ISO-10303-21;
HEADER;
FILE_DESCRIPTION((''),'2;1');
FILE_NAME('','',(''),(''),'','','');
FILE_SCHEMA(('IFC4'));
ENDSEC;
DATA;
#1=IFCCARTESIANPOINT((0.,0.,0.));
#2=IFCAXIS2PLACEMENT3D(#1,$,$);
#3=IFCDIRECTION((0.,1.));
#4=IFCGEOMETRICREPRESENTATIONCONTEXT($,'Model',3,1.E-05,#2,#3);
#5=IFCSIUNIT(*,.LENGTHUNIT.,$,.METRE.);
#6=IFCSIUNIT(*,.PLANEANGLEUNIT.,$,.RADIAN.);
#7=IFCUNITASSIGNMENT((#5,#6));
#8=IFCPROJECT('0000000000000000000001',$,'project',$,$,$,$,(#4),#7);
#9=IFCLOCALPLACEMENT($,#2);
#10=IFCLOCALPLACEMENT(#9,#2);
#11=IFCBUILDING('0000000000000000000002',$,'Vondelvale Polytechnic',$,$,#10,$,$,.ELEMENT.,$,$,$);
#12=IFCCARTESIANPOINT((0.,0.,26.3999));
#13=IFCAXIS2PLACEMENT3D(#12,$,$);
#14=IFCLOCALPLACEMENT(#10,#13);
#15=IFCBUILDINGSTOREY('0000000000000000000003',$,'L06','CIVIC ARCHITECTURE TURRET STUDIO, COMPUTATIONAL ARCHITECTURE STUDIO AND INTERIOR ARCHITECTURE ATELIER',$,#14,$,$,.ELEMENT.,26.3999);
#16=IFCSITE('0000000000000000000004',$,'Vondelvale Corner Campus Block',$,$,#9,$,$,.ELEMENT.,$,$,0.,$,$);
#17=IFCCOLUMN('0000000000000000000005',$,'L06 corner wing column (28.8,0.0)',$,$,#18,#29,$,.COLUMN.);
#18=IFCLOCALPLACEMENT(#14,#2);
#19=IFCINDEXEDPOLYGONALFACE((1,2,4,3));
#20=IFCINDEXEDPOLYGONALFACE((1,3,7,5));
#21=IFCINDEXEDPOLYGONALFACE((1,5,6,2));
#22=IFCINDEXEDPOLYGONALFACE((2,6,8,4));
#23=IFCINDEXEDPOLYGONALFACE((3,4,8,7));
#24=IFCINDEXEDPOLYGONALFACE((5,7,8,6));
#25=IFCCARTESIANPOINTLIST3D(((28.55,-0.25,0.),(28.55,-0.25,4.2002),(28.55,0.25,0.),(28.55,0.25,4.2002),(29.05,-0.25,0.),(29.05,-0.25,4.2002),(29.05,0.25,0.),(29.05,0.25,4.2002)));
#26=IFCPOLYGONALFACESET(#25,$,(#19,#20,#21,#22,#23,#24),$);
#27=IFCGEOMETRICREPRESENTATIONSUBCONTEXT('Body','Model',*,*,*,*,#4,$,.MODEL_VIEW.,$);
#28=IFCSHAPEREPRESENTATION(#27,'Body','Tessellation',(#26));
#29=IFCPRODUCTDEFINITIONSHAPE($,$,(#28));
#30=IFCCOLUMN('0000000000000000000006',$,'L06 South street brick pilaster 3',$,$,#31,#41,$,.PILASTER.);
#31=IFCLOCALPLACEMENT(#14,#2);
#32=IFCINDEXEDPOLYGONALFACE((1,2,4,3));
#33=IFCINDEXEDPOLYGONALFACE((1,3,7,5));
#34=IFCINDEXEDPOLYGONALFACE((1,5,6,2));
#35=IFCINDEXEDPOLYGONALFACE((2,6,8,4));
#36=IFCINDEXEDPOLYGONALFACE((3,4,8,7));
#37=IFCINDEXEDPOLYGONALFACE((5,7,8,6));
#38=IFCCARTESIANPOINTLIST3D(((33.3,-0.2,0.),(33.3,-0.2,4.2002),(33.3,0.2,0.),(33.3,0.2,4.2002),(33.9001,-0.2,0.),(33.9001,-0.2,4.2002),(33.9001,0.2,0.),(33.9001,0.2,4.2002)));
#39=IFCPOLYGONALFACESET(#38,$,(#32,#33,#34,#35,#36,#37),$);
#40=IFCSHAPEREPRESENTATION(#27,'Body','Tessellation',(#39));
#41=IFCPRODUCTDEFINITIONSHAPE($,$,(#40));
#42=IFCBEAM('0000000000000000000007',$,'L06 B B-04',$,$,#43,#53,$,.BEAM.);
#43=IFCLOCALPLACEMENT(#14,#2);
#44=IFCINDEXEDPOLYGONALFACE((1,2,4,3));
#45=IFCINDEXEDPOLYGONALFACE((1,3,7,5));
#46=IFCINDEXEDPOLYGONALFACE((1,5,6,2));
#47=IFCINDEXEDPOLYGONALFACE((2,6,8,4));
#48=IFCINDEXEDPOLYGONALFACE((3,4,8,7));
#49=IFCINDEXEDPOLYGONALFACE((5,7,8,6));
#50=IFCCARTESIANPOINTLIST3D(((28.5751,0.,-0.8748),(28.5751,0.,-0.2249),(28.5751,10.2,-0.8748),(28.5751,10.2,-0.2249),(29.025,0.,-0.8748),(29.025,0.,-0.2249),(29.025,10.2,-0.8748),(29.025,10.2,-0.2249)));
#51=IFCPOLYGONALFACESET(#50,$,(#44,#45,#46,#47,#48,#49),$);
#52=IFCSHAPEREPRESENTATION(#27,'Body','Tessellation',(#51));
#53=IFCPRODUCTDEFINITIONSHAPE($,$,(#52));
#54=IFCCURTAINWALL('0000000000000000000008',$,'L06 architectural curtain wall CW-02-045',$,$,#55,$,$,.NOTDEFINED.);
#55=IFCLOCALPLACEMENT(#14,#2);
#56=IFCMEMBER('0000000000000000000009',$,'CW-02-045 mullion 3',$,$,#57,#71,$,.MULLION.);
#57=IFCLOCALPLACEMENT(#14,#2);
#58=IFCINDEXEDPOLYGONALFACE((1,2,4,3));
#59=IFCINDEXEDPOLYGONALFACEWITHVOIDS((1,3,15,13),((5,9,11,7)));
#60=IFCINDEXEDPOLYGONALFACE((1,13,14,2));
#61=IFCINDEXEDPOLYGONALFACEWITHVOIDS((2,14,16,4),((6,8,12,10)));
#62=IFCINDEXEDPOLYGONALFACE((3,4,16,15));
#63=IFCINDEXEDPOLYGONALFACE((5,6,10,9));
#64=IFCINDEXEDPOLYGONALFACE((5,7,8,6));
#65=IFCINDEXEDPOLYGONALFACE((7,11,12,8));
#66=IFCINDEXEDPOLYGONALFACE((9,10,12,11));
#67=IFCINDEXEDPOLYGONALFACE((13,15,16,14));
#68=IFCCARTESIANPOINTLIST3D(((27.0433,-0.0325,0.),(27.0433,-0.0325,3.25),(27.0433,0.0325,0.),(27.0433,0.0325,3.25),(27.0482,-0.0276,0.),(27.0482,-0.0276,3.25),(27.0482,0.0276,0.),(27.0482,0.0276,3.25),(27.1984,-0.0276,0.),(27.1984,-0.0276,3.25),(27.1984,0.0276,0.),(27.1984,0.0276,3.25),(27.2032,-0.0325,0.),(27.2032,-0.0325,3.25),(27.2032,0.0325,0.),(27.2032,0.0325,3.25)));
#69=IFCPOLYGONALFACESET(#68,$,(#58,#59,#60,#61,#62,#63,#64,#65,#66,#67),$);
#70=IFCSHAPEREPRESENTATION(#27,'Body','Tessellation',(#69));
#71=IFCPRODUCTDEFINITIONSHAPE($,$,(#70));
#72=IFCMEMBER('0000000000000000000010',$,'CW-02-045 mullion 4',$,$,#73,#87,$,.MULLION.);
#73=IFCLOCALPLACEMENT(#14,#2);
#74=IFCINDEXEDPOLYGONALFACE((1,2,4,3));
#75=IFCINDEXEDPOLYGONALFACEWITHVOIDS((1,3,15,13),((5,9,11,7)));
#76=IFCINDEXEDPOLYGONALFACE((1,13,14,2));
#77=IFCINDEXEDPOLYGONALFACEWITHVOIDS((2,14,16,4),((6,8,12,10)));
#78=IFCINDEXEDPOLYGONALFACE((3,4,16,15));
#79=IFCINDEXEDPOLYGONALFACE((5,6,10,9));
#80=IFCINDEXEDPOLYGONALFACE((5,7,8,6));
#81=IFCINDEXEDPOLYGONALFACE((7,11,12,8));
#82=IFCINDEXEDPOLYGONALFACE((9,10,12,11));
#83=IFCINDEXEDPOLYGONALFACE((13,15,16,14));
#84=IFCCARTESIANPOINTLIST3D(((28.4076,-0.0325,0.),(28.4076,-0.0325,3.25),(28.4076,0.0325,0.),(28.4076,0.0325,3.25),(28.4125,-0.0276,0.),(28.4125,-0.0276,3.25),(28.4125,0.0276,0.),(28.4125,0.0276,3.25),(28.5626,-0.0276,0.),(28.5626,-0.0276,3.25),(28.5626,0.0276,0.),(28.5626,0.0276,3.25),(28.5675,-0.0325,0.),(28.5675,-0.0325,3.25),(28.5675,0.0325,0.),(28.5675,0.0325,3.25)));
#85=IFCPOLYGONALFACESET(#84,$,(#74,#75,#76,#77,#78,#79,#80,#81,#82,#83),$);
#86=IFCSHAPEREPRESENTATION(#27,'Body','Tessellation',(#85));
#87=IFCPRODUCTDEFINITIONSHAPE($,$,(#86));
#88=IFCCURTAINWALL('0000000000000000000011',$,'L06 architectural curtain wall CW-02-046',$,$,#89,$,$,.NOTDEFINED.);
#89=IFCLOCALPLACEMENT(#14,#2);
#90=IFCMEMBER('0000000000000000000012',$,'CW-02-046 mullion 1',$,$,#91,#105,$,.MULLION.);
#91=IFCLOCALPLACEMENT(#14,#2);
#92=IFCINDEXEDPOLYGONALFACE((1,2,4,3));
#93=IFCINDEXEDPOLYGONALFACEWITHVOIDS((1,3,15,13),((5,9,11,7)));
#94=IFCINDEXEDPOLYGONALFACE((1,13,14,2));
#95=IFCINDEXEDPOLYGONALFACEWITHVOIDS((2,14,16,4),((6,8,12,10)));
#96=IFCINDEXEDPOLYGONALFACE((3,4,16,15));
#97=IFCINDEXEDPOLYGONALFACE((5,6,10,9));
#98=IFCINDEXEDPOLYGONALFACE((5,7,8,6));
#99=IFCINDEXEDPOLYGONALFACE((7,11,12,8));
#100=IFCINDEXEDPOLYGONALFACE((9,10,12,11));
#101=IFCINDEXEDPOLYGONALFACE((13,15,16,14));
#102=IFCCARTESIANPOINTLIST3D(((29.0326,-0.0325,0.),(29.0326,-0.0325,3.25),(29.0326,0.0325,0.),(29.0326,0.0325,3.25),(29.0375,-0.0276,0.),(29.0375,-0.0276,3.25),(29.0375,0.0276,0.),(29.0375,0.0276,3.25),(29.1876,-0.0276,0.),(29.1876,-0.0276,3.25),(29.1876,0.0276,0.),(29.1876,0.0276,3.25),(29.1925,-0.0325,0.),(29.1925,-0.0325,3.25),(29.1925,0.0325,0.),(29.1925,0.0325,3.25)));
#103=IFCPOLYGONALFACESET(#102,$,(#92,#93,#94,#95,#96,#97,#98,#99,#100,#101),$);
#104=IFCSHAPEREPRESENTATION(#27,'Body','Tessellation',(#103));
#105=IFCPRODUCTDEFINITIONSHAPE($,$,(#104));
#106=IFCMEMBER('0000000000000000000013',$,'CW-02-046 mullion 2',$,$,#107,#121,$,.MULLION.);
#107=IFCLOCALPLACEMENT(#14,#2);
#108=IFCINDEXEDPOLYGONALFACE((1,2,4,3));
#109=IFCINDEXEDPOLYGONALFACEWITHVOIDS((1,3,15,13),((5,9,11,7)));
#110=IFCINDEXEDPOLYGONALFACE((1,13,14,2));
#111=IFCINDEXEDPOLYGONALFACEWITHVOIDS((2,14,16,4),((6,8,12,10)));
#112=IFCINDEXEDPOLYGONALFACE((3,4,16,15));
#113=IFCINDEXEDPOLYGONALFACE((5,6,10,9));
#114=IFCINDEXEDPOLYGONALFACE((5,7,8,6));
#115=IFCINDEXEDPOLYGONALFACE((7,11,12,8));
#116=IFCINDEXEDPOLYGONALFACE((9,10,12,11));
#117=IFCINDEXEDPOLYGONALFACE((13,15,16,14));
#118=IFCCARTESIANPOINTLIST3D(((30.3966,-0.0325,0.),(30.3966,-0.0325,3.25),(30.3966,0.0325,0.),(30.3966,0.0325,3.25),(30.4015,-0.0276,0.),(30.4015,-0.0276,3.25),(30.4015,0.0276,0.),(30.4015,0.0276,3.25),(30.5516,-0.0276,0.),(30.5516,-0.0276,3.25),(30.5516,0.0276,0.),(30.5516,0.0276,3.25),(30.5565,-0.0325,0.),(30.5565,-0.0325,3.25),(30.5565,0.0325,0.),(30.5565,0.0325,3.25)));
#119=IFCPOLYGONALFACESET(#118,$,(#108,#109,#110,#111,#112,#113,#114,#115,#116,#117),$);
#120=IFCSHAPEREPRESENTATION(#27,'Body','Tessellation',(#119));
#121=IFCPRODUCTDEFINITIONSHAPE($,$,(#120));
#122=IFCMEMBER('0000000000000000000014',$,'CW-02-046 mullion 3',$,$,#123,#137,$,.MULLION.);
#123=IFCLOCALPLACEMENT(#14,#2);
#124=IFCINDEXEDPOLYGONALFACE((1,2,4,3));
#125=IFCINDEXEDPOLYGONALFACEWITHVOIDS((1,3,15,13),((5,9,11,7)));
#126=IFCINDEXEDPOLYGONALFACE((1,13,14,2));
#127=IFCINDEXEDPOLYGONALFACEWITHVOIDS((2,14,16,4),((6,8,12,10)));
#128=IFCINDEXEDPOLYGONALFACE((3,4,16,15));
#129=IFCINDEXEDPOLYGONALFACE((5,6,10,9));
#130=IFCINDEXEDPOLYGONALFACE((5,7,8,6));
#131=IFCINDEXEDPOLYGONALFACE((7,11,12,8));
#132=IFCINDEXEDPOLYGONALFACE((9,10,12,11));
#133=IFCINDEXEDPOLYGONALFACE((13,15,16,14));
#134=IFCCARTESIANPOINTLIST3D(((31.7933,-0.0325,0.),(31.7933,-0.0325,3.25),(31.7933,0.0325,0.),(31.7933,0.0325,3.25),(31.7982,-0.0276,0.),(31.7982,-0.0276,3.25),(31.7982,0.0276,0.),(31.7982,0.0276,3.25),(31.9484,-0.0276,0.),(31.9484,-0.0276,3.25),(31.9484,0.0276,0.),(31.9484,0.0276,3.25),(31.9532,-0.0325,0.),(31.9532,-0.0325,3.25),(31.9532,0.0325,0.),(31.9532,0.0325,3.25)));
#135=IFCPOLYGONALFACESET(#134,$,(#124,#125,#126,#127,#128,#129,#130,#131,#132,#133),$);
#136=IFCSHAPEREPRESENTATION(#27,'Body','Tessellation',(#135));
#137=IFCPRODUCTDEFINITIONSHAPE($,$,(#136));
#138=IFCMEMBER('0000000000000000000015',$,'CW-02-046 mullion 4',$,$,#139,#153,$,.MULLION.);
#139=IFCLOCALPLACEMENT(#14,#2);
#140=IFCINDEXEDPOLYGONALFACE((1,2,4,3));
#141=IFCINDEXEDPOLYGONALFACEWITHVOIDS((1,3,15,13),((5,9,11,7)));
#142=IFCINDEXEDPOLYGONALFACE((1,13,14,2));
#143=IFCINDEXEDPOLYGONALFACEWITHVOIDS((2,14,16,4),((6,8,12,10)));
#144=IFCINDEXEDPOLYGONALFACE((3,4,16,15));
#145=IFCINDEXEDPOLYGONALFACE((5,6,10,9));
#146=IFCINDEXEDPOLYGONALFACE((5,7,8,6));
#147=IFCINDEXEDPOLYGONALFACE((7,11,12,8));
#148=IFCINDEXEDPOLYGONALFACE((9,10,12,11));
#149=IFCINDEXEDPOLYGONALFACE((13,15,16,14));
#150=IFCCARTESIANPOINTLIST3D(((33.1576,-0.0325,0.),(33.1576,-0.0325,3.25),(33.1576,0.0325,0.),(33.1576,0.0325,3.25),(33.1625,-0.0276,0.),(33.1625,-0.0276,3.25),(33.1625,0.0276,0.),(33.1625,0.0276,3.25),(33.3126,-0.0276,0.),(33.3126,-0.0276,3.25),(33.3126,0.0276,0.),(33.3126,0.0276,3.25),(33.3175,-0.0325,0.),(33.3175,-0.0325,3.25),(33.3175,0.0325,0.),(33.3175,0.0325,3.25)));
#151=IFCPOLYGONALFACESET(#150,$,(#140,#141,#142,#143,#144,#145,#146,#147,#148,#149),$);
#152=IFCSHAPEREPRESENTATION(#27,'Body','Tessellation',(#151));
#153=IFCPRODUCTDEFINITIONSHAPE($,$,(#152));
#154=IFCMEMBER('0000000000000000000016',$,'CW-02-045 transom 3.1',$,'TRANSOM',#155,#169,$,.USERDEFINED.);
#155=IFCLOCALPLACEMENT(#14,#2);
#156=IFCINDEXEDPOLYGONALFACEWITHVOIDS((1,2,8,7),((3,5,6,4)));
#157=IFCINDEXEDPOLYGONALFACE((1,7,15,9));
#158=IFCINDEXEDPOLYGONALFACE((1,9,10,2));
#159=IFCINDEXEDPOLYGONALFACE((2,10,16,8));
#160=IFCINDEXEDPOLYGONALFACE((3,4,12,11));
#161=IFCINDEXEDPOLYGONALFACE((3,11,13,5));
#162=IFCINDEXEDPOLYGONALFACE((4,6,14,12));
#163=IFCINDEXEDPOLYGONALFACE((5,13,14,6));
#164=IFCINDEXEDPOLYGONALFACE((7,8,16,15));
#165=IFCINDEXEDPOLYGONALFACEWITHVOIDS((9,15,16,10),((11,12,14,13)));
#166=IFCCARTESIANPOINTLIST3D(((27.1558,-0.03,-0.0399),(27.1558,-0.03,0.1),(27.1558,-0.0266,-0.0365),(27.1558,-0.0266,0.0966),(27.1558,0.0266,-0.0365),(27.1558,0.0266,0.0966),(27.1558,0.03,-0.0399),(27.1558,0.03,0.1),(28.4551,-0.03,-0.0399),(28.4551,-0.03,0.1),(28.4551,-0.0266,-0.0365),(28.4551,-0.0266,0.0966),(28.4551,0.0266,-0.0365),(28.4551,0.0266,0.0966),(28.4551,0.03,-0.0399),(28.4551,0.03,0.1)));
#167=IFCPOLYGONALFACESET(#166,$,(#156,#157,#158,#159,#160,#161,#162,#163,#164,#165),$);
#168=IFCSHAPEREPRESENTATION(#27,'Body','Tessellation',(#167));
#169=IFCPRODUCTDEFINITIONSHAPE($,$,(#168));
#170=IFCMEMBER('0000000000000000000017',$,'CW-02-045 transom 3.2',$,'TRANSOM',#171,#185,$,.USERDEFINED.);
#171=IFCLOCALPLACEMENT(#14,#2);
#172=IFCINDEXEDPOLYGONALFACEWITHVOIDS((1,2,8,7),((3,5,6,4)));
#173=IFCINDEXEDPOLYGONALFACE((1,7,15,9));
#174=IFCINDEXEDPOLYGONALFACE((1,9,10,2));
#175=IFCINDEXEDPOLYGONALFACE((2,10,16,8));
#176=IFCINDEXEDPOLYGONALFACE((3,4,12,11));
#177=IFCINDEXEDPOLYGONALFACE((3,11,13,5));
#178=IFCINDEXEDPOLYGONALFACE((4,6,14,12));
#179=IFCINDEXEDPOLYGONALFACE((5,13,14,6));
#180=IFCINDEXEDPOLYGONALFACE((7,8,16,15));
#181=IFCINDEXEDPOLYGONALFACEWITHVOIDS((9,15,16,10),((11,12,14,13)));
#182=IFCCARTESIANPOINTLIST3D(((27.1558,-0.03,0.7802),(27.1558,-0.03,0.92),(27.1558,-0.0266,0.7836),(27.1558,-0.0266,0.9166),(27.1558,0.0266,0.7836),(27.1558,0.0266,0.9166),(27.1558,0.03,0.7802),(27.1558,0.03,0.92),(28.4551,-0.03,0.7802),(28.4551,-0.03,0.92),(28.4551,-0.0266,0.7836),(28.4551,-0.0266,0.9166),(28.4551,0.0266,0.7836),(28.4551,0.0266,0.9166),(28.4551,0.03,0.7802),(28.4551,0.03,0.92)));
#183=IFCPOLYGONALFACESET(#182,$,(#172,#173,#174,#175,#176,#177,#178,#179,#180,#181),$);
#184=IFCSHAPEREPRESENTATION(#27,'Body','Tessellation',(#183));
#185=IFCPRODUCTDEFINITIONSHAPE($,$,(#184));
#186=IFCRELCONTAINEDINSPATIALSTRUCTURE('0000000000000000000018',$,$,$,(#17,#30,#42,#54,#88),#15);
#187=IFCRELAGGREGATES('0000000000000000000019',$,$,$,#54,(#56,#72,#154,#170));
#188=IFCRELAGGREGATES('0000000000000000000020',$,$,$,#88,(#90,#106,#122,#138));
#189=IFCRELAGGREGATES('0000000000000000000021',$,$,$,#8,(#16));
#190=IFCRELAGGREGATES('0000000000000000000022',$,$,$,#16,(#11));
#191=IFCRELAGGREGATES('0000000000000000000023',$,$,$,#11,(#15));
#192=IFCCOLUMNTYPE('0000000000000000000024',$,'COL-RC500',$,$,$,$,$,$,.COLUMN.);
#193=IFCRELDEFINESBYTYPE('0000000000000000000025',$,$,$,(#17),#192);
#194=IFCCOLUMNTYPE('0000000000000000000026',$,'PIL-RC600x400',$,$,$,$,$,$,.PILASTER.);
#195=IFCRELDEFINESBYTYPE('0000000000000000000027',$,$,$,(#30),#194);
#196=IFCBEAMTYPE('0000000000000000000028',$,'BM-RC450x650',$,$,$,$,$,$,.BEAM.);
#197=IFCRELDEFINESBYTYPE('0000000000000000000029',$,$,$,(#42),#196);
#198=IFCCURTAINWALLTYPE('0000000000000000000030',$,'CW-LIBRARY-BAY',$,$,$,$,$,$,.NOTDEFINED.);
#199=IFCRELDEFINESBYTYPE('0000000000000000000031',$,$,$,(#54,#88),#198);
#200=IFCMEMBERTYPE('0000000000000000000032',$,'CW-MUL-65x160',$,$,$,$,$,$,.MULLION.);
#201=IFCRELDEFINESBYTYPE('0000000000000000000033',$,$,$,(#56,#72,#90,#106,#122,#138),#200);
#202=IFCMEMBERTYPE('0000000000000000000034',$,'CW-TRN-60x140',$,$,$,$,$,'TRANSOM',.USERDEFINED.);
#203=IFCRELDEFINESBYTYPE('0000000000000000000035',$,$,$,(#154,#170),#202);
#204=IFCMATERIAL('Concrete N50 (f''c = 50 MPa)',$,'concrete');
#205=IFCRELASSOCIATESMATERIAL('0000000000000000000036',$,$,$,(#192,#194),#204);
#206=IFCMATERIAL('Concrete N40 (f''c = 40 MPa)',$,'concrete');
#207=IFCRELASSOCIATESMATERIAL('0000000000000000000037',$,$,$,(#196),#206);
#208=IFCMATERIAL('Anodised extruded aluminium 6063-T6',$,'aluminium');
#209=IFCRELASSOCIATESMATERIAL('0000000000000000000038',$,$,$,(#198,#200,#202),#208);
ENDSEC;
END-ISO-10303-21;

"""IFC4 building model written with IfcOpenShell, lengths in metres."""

from ifc_helpers import new_model, si_unit, direction, frame, origin, origin_2d, place, context, subcontext, project, spatial, rectangle, hollow_rectangle, extrude, material, material_profile, profile_set, type_object, element, aggregate, save


model = new_model("IFC4")

# Units and contexts
model_context = context("Model", 3, precision=1e-05, world=origin(), true_north=direction((0.0, 1.0)))
body_context = subcontext(model_context, "Body", "Model", "MODEL_VIEW")
ifc_project = project(units=[si_unit("LENGTHUNIT", "METRE"), si_unit("PLANEANGLEUNIT", "RADIAN")], contexts=[model_context])

# Site, building, storey
site_placement = place(None, origin())
site = spatial("IfcSite", under=ifc_project, at=site_placement, Name="Vondelvale Corner Campus Block", CompositionType="ELEMENT", RefElevation=0.0)
building_placement = place(site_placement, origin())
building = spatial("IfcBuilding", under=site, at=building_placement, Name="Vondelvale Polytechnic", CompositionType="ELEMENT")
storey_placement = place(building_placement, frame((0.0, 0.0, 26.3999)))
storey = spatial("IfcBuildingStorey", under=building, at=storey_placement, Name="L06", Description="CIVIC ARCHITECTURE TURRET STUDIO, COMPUTATIONAL ARCHITECTURE STUDIO AND INTERIOR ARCHITECTURE ATELIER", CompositionType="ELEMENT", Elevation=26.3999)

# Columns
ifc_material_1 = material(Name="Concrete N50 (f'c = 50 MPa)", Category="concrete")
ifc_material_profile_1 = material_profile(ifc_material_1, rectangle(XDim=0.5, YDim=0.5, at=origin_2d()), Name="RC-COL-500x500")
ifc_profile_set_1 = profile_set([ifc_material_profile_1], Name="Concrete N50 (f'c = 50 MPa)")
column_type_1 = type_object("IfcColumnType", Name="COL-RC500", PredefinedType="COLUMN", material=ifc_profile_set_1)
column_1_placement = place(storey_placement, frame((28.8, 0.0, 0.0), z_axis=(0.0, 0.0, 1.0), x_axis=(1.0, 0.0, 0.0)))
element("IfcColumn", 1, at=column_1_placement, inside=storey, type_object=column_type_1, Name="L06 corner wing column (28.8,0.0)", PredefinedType="COLUMN", context=body_context, shape_type="SweptSolid", body=[
    extrude(rectangle(XDim=0.5, YDim=0.5, at=origin_2d()), origin(), (0.0, 0.0, 1.0), 4.2002),
])
ifc_material_profile_2 = material_profile(ifc_material_1, rectangle(XDim=0.3999, YDim=0.6001, at=origin_2d()), Name="RC-PIL-600x400")
ifc_profile_set_2 = profile_set([ifc_material_profile_2], Name="Concrete N50 (f'c = 50 MPa)")
column_type_2 = type_object("IfcColumnType", Name="PIL-RC600x400", PredefinedType="PILASTER", material=ifc_profile_set_2)
column_2_placement = place(storey_placement, frame((33.6001, 0.0, 0.0), z_axis=(0.0, 0.0, 1.0), x_axis=(0.0, 1.0, 0.0)))
element("IfcColumn", 2, at=column_2_placement, inside=storey, type_object=column_type_2, Name="L06 South street brick pilaster 3", PredefinedType="PILASTER", context=body_context, shape_type="SweptSolid", body=[
    extrude(rectangle(XDim=0.3999, YDim=0.6001, at=origin_2d()), origin(), (0.0, 0.0, 1.0), 4.2002),
])

# Beam
ifc_material_2 = material(Name="Concrete N40 (f'c = 40 MPa)", Category="concrete")
ifc_material_profile_3 = material_profile(ifc_material_2, rectangle(XDim=0.45, YDim=0.6499, at=origin_2d()), Name="RC-BM-450x650")
ifc_profile_set_3 = profile_set([ifc_material_profile_3], Name="Concrete N40 (f'c = 40 MPa)")
beam_type_1 = type_object("IfcBeamType", Name="BM-RC450x650", PredefinedType="BEAM", material=ifc_profile_set_3)
beam_1_placement = place(storey_placement, frame((28.8, 0.0, -0.5498), z_axis=(0.0, 1.0, 0.0), x_axis=(-1.0, 0.0, 0.0)))
element("IfcBeam", 3, at=beam_1_placement, inside=storey, type_object=beam_type_1, Name="L06 B B-04", PredefinedType="BEAM", context=body_context, shape_type="SweptSolid", body=[
    extrude(rectangle(XDim=0.45, YDim=0.6499, at=origin_2d()), origin(), (0.0, 0.0, 1.0), 10.2),
])

# Curtain walls, members
ifc_material_3 = material(Name="Anodised extruded aluminium 6063-T6", Category="aluminium")
curtain_wall_type = type_object("IfcCurtainWallType", Name="CW-LIBRARY-BAY", PredefinedType="NOTDEFINED", material=ifc_material_3)
curtain_wall_1_placement = place(storey_placement, origin())
curtain_wall_1 = element("IfcCurtainWall", 4, at=curtain_wall_1_placement, inside=storey, type_object=curtain_wall_type, Name="L06 architectural curtain wall CW-02-045", PredefinedType="NOTDEFINED")
ifc_material_profile_4 = material_profile(ifc_material_3, hollow_rectangle(XDim=0.0649, YDim=0.1599, WallThickness=0.0049, at=origin_2d()), Name="CW-MUL-160x65")
ifc_profile_set_4 = profile_set([ifc_material_profile_4], Name="Anodised extruded aluminium 6063-T6")
member_type_1 = type_object("IfcMemberType", Name="CW-MUL-65x160", PredefinedType="MULLION", material=ifc_profile_set_4)
member_1_placement = place(storey_placement, frame((27.1233, 0.0, 0.0), z_axis=(0.0, 0.0, 1.0), x_axis=(0.0, 1.0, 0.0)))
member_1 = element("IfcMember", 5, at=member_1_placement, type_object=member_type_1, Name="CW-02-045 mullion 3", PredefinedType="MULLION", context=body_context, shape_type="SweptSolid", body=[
    extrude(hollow_rectangle(XDim=0.0649, YDim=0.1599, WallThickness=0.0049, at=origin_2d()), origin(), (0.0, 0.0, 1.0), 3.25),
])
member_2_placement = place(storey_placement, frame((28.4875, 0.0, 0.0), z_axis=(0.0, 0.0, 1.0), x_axis=(0.0, 1.0, 0.0)))
member_2 = element("IfcMember", 6, at=member_2_placement, type_object=member_type_1, Name="CW-02-045 mullion 4", PredefinedType="MULLION", context=body_context, shape_type="SweptSolid", body=[
    extrude(hollow_rectangle(XDim=0.0649, YDim=0.1599, WallThickness=0.0049, at=origin_2d()), origin(), (0.0, 0.0, 1.0), 3.25),
])
curtain_wall_2_placement = place(storey_placement, origin())
curtain_wall_2 = element("IfcCurtainWall", 7, at=curtain_wall_2_placement, inside=storey, type_object=curtain_wall_type, Name="L06 architectural curtain wall CW-02-046", PredefinedType="NOTDEFINED")
member_3_placement = place(storey_placement, frame((29.1125, 0.0, 0.0), z_axis=(0.0, 0.0, 1.0), x_axis=(0.0, 1.0, 0.0)))
member_3 = element("IfcMember", 8, at=member_3_placement, type_object=member_type_1, Name="CW-02-046 mullion 1", PredefinedType="MULLION", context=body_context, shape_type="SweptSolid", body=[
    extrude(hollow_rectangle(XDim=0.0649, YDim=0.1599, WallThickness=0.0049, at=origin_2d()), origin(), (0.0, 0.0, 1.0), 3.25),
])
member_4_placement = place(storey_placement, frame((30.4766, 0.0, 0.0), z_axis=(0.0, 0.0, 1.0), x_axis=(0.0, 1.0, 0.0)))
member_4 = element("IfcMember", 9, at=member_4_placement, type_object=member_type_1, Name="CW-02-046 mullion 2", PredefinedType="MULLION", context=body_context, shape_type="SweptSolid", body=[
    extrude(hollow_rectangle(XDim=0.0649, YDim=0.1599, WallThickness=0.0049, at=origin_2d()), origin(), (0.0, 0.0, 1.0), 3.25),
])
member_5_placement = place(storey_placement, frame((31.8733, 0.0, 0.0), z_axis=(0.0, 0.0, 1.0), x_axis=(0.0, 1.0, 0.0)))
member_5 = element("IfcMember", 10, at=member_5_placement, type_object=member_type_1, Name="CW-02-046 mullion 3", PredefinedType="MULLION", context=body_context, shape_type="SweptSolid", body=[
    extrude(hollow_rectangle(XDim=0.0649, YDim=0.1599, WallThickness=0.0049, at=origin_2d()), origin(), (0.0, 0.0, 1.0), 3.25),
])
member_6_placement = place(storey_placement, frame((33.2375, 0.0, 0.0), z_axis=(0.0, 0.0, 1.0), x_axis=(0.0, 1.0, 0.0)))
member_6 = element("IfcMember", 11, at=member_6_placement, type_object=member_type_1, Name="CW-02-046 mullion 4", PredefinedType="MULLION", context=body_context, shape_type="SweptSolid", body=[
    extrude(hollow_rectangle(XDim=0.0649, YDim=0.1599, WallThickness=0.0049, at=origin_2d()), origin(), (0.0, 0.0, 1.0), 3.25),
])

# Members
ifc_material_profile_5 = material_profile(ifc_material_3, hollow_rectangle(XDim=0.0601, YDim=0.1399, WallThickness=0.0034, at=origin_2d()), Name="CW-TRN-140x60")
ifc_profile_set_5 = profile_set([ifc_material_profile_5], Name="Anodised extruded aluminium 6063-T6")
member_type_2 = type_object("IfcMemberType", Name="CW-TRN-60x140", ElementType="TRANSOM", PredefinedType="USERDEFINED", material=ifc_profile_set_5)
member_7_placement = place(storey_placement, frame((27.1558, 0.0, 0.03), z_axis=(1.0, 0.0, 0.0), x_axis=(0.0, 1.0, 0.0)))
member_7 = element("IfcMember", 12, at=member_7_placement, type_object=member_type_2, Name="CW-02-045 transom 3.1", ObjectType="TRANSOM", PredefinedType="USERDEFINED", context=body_context, shape_type="SweptSolid", body=[
    extrude(hollow_rectangle(XDim=0.0601, YDim=0.1399, WallThickness=0.0034, at=origin_2d()), origin(), (0.0, 0.0, 1.0), 1.2993),
])
member_8_placement = place(storey_placement, frame((27.1558, 0.0, 0.8501), z_axis=(1.0, 0.0, 0.0), x_axis=(0.0, 1.0, 0.0)))
member_8 = element("IfcMember", 13, at=member_8_placement, type_object=member_type_2, Name="CW-02-045 transom 3.2", ObjectType="TRANSOM", PredefinedType="USERDEFINED", context=body_context, shape_type="SweptSolid", body=[
    extrude(hollow_rectangle(XDim=0.0601, YDim=0.1399, WallThickness=0.0034, at=origin_2d()), origin(), (0.0, 0.0, 1.0), 1.2993),
])

aggregate(curtain_wall_1, [member_1, member_2, member_7, member_8])
aggregate(curtain_wall_2, [member_3, member_4, member_5, member_6])

save(model, "model.ifc")
